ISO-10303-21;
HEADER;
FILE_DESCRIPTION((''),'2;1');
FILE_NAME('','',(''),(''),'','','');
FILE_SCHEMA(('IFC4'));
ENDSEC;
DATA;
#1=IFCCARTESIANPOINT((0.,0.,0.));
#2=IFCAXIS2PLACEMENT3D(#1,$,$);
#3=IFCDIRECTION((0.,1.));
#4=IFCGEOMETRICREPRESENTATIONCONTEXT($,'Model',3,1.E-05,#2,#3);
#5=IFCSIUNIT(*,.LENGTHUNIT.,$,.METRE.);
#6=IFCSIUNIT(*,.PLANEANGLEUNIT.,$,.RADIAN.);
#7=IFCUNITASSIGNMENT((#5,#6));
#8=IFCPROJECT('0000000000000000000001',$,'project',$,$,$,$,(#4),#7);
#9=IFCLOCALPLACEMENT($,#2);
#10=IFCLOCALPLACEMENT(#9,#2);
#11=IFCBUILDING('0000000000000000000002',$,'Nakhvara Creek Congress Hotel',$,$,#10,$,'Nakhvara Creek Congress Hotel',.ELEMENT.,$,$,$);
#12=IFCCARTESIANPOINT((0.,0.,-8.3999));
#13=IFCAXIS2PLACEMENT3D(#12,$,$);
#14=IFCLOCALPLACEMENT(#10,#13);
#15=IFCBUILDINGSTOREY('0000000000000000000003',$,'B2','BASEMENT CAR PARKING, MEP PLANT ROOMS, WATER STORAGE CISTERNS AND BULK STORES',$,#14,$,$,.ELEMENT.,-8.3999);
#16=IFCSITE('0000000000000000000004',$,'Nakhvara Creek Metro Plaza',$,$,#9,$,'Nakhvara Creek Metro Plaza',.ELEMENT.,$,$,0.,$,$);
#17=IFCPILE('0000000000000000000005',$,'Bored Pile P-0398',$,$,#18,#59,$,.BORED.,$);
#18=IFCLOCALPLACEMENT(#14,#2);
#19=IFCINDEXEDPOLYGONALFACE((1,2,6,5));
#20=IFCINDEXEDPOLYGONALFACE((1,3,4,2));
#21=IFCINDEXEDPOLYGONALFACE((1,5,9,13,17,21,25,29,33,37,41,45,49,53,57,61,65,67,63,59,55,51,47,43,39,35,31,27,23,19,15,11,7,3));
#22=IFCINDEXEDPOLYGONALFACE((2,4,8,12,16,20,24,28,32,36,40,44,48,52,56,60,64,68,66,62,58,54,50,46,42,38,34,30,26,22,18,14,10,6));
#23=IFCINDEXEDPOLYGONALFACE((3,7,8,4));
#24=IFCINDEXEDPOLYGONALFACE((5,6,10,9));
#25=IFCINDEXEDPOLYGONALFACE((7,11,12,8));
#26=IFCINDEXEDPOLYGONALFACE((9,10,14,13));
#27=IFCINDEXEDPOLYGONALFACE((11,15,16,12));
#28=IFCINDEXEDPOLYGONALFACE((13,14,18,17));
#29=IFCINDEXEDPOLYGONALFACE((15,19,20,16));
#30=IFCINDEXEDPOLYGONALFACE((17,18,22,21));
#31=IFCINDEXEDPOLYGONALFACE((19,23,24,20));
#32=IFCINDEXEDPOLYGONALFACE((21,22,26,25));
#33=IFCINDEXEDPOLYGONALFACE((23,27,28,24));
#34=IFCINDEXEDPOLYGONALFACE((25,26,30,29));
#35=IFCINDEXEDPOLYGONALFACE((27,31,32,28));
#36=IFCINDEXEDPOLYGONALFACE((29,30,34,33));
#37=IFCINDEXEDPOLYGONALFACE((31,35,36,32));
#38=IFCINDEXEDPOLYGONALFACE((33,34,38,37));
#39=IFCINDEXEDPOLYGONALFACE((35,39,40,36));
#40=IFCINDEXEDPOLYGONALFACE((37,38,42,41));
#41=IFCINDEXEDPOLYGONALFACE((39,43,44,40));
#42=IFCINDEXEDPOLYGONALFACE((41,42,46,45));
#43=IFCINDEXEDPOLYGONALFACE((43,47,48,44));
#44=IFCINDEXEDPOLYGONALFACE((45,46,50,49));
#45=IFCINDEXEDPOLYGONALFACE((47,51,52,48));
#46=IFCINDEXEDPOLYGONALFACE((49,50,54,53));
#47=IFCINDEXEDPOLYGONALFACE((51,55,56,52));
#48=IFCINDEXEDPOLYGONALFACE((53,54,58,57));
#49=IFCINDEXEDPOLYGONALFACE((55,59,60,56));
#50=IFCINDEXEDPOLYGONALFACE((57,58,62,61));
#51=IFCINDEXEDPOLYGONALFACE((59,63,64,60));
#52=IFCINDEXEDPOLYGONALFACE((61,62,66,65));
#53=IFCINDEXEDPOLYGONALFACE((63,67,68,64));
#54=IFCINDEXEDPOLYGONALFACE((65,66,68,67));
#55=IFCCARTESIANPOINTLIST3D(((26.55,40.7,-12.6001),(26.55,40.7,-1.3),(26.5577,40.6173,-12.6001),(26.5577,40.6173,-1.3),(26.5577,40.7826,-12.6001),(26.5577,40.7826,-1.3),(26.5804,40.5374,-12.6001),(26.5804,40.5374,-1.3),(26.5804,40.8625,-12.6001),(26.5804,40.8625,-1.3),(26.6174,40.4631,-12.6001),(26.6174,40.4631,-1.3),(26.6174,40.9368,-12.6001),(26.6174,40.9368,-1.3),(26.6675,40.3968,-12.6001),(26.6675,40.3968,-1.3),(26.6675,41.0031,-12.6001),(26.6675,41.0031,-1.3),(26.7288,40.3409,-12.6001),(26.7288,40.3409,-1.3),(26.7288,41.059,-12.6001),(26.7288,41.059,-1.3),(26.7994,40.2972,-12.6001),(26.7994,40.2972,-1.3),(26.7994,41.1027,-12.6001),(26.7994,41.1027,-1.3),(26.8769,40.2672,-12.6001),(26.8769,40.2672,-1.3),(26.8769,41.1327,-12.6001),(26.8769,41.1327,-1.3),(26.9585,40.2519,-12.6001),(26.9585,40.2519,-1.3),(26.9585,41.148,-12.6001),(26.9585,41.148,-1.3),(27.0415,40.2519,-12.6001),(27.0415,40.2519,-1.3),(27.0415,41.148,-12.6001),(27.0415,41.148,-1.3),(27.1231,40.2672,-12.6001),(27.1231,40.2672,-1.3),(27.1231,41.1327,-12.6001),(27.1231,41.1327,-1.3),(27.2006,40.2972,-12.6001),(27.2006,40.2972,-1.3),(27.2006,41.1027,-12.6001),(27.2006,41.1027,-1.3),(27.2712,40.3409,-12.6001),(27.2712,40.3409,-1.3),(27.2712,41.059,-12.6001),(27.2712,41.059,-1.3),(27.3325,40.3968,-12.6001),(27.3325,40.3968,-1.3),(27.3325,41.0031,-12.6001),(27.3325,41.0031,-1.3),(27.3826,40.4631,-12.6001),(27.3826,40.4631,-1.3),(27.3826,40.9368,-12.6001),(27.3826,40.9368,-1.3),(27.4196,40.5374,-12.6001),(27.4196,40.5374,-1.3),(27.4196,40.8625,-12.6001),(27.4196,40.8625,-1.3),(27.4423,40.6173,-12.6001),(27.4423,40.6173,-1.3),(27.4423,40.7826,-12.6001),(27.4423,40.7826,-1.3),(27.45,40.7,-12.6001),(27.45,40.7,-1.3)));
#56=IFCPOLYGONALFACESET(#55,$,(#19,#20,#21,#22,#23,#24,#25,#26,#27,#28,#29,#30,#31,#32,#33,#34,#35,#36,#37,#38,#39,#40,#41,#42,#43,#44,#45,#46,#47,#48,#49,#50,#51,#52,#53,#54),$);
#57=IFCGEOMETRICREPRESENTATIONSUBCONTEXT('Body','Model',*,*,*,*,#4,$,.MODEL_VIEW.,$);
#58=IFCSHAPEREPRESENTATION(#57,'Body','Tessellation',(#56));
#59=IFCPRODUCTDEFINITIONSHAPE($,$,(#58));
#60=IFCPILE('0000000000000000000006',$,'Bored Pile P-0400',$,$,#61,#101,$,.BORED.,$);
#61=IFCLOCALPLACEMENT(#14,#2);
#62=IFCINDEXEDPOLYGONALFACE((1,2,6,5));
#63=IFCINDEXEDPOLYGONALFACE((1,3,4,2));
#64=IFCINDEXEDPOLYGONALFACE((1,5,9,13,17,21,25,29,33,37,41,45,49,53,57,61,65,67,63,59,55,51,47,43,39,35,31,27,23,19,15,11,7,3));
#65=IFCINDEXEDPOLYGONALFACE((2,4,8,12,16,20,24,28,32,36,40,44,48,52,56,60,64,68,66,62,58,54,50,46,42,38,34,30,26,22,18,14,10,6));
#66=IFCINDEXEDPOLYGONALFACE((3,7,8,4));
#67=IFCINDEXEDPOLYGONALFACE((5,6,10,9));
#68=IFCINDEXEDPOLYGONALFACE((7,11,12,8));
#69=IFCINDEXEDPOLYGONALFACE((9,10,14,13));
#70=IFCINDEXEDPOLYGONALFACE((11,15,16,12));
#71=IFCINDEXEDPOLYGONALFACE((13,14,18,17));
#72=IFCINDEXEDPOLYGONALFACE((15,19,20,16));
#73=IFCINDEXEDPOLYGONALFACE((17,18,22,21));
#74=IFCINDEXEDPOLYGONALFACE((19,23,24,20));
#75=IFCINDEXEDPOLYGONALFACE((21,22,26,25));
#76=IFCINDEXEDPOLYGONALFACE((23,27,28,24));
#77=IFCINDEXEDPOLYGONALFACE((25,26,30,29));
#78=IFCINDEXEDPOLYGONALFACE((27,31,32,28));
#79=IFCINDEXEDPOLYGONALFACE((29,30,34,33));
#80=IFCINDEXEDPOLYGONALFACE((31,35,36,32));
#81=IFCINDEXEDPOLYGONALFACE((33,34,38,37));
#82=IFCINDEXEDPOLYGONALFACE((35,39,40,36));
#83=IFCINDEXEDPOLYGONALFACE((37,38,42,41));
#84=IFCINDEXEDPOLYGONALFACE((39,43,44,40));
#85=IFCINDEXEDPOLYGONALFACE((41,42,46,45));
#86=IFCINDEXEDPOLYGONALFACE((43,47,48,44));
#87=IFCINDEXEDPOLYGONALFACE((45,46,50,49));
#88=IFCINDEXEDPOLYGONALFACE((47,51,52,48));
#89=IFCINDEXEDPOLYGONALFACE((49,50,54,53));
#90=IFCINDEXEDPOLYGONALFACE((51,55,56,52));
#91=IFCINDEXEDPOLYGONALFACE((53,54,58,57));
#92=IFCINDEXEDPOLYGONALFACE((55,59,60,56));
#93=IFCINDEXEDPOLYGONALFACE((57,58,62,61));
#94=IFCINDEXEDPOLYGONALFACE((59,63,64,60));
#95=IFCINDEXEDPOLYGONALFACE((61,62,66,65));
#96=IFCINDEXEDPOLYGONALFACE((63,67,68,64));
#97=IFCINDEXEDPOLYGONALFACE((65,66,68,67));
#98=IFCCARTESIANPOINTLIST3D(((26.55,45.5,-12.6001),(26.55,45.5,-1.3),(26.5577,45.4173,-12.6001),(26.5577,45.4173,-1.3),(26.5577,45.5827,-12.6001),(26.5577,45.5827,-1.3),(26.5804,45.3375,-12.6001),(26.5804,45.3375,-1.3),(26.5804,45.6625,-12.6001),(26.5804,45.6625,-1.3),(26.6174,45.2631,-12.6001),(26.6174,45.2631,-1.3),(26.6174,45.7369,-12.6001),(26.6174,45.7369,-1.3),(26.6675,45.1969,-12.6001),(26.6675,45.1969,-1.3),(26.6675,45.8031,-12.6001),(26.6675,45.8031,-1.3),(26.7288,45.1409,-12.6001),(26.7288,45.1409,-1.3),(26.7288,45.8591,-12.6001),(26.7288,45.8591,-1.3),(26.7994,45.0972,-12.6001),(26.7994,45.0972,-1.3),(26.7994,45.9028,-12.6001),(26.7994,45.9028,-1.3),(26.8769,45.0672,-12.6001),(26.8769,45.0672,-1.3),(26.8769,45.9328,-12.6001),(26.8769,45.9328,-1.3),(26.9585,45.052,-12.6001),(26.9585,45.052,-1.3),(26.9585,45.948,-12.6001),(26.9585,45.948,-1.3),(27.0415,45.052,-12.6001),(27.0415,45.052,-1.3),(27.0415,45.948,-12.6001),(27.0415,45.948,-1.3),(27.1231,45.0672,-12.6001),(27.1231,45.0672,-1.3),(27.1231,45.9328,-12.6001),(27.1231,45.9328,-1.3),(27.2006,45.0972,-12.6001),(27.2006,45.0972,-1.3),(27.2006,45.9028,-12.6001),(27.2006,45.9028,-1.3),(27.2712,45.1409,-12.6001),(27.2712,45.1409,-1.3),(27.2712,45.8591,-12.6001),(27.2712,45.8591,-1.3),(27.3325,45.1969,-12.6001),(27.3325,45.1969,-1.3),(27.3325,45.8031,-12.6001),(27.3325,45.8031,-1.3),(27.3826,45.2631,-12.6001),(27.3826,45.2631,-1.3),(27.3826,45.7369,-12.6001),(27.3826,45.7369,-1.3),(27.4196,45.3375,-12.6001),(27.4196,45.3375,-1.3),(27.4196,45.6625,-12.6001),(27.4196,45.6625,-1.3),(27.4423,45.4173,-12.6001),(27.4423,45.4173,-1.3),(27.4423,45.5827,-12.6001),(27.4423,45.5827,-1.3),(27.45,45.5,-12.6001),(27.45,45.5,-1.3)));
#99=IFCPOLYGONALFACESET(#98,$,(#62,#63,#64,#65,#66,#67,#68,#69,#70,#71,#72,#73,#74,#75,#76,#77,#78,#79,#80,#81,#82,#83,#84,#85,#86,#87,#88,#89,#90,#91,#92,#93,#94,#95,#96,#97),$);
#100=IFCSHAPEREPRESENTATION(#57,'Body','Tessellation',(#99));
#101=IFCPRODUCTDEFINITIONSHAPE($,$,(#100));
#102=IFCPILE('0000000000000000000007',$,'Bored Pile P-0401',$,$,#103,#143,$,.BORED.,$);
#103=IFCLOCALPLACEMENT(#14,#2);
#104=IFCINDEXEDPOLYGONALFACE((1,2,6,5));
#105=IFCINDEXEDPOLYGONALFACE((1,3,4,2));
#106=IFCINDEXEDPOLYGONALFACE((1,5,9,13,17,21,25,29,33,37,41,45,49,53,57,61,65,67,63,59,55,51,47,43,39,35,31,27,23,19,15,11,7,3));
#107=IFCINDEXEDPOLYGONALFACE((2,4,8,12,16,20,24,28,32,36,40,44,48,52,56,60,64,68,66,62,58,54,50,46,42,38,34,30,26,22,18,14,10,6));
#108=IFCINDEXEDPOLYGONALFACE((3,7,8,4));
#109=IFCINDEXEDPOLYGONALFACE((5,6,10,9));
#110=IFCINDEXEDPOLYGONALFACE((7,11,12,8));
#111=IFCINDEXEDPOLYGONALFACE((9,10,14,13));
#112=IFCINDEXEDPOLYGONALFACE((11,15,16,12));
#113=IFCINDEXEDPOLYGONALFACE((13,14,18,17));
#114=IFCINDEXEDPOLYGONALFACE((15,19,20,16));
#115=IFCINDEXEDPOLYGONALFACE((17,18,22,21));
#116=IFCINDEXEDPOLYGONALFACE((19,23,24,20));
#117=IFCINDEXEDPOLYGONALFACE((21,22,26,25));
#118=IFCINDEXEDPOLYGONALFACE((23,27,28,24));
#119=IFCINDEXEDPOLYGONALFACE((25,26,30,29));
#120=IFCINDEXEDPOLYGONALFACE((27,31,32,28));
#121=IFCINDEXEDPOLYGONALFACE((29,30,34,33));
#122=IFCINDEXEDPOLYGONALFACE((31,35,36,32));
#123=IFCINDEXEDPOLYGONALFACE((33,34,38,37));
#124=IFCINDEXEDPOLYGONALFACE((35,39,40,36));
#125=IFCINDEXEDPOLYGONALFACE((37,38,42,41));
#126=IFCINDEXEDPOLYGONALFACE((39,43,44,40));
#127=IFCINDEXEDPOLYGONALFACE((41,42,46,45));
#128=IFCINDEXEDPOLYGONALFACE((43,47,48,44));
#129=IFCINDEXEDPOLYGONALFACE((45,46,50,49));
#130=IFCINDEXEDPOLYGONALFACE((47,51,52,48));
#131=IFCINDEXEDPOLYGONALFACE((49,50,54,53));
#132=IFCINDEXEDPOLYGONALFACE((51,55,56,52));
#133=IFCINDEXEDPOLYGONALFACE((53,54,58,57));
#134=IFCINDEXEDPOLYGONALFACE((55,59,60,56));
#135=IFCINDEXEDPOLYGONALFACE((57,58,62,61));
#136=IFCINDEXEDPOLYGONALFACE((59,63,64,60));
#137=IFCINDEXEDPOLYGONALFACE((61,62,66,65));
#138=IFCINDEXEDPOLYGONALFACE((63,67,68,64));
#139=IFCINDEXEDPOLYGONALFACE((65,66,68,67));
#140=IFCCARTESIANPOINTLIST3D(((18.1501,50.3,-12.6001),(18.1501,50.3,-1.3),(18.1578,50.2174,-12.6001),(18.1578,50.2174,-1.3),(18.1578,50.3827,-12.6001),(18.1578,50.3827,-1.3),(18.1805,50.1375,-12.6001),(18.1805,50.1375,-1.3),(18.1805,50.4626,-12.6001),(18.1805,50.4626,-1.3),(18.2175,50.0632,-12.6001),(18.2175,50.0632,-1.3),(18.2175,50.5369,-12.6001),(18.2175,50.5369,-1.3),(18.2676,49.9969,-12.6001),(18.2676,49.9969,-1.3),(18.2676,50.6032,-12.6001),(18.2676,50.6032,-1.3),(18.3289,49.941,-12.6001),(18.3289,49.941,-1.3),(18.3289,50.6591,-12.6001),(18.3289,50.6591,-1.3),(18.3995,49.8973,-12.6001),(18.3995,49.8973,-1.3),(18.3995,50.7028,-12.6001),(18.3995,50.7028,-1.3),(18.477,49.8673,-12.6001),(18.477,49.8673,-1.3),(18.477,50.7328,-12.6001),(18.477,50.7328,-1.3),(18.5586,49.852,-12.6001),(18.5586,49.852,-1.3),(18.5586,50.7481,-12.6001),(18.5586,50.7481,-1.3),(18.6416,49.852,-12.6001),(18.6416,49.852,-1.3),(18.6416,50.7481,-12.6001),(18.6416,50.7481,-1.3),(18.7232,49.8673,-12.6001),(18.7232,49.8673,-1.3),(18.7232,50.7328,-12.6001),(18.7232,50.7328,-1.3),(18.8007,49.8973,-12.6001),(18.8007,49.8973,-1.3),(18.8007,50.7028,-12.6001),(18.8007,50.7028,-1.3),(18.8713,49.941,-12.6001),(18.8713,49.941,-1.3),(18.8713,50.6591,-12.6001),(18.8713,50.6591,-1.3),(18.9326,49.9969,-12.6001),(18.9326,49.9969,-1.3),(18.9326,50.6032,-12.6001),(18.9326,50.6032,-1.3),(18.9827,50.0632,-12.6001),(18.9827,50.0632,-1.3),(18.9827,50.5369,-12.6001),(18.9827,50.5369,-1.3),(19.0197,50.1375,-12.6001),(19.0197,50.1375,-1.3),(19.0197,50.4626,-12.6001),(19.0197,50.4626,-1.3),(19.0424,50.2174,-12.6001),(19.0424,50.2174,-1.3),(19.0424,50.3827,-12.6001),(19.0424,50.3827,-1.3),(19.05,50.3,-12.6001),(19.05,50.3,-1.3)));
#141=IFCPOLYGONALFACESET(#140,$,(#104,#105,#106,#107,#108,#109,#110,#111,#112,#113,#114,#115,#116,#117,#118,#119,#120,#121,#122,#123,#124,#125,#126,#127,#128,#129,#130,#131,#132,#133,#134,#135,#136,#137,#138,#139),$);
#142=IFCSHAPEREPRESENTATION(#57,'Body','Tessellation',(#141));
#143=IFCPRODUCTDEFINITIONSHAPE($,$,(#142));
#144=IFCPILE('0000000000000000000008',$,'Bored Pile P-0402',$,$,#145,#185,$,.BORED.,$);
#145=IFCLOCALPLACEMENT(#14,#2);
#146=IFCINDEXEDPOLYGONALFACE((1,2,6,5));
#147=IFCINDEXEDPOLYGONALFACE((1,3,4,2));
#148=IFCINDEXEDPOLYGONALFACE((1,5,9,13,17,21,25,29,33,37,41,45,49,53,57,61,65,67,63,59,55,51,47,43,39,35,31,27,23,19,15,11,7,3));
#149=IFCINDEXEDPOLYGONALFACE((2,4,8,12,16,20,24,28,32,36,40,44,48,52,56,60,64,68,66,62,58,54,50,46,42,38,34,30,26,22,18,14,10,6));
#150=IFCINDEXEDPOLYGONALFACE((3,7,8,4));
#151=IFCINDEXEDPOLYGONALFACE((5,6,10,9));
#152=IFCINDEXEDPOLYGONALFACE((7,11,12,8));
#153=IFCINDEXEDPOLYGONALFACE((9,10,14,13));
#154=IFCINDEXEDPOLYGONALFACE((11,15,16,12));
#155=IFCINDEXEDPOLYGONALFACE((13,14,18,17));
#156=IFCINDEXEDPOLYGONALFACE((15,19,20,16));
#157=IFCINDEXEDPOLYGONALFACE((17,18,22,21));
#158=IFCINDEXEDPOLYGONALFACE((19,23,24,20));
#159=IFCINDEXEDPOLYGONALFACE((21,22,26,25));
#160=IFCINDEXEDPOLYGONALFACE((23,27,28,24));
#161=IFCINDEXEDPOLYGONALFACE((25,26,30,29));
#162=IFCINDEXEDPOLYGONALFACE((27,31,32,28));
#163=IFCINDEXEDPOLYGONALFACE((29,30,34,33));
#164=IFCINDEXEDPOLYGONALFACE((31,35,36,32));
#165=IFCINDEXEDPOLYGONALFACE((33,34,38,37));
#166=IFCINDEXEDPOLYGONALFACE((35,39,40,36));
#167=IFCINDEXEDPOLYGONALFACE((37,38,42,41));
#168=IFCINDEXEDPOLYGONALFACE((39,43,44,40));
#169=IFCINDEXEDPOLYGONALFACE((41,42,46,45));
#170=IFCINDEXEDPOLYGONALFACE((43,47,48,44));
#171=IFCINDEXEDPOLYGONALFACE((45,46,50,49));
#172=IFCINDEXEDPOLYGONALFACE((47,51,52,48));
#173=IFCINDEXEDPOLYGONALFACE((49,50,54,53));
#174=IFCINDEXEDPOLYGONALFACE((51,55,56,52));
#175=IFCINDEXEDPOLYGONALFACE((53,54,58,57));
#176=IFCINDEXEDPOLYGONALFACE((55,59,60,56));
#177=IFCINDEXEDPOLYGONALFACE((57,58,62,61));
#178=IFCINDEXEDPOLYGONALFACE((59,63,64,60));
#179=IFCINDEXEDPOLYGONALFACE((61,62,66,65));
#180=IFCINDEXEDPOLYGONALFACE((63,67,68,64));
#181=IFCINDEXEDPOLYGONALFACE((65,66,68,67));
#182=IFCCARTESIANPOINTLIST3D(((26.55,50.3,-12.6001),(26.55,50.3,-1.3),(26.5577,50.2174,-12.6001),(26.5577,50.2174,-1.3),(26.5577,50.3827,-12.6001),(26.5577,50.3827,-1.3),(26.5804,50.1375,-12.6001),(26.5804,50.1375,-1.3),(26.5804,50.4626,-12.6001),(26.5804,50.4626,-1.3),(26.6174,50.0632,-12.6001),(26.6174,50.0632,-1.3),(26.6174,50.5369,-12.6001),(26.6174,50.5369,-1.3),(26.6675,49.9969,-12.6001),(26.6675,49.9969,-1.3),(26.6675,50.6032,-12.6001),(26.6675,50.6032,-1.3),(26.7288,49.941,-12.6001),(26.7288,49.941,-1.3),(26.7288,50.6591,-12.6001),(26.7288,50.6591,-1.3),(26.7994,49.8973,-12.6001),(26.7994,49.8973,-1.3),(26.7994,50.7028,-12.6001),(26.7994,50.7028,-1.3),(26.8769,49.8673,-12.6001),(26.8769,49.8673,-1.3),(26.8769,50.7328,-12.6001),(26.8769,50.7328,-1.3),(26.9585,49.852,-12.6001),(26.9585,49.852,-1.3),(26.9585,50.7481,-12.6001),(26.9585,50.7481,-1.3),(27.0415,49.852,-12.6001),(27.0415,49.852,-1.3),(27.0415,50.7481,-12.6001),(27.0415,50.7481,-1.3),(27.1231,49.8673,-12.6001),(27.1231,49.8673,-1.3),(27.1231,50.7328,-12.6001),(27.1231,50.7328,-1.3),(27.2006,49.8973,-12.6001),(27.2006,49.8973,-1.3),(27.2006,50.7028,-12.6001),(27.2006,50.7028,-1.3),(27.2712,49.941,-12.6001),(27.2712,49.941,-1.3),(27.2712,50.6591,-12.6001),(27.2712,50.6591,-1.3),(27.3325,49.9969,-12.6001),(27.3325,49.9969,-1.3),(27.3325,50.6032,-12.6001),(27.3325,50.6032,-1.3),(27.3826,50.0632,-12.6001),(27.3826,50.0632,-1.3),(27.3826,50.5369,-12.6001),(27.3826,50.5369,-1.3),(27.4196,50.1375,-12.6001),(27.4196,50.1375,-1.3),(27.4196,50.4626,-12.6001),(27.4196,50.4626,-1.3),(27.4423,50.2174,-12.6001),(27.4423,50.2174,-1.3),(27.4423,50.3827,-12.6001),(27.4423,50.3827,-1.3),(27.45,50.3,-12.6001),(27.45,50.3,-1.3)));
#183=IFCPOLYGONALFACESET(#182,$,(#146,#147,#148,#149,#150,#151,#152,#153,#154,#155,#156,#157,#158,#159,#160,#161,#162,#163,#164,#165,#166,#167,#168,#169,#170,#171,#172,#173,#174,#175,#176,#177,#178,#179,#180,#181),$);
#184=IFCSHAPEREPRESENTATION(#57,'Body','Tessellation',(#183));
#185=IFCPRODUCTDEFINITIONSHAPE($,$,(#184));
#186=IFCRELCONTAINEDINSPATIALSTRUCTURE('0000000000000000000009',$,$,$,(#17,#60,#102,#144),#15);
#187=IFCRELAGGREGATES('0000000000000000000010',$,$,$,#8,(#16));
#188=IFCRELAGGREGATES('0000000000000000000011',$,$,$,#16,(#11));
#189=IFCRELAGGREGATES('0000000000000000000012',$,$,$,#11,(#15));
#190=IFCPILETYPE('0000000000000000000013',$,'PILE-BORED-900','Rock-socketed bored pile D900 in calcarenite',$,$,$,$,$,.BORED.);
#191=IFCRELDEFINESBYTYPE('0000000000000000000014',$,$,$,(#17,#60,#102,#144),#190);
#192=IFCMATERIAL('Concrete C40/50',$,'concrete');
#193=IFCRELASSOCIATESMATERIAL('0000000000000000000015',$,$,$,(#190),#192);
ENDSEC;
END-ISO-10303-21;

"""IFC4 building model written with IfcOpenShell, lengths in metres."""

from ifc_helpers import new_model, si_unit, direction, frame, origin, origin_2d, place, context, subcontext, project, spatial, circle, extrude, material, material_profile, profile_set, type_object, element, save


model = new_model("IFC4")

# Units and contexts
model_context = context("Model", 3, precision=1e-05, world=origin(), true_north=direction((0.0, 1.0)))
body_context = subcontext(model_context, "Body", "Model", "MODEL_VIEW")
ifc_project = project(units=[si_unit("LENGTHUNIT", "METRE"), si_unit("PLANEANGLEUNIT", "RADIAN")], contexts=[model_context])

# Site, building, storey
site_placement = place(None, origin())
site = spatial("IfcSite", under=ifc_project, at=site_placement, Name="Nakhvara Creek Metro Plaza", LongName="Nakhvara Creek Metro Plaza", CompositionType="ELEMENT", RefElevation=0.0)
building_placement = place(site_placement, origin())
building = spatial("IfcBuilding", under=site, at=building_placement, Name="Nakhvara Creek Congress Hotel", LongName="Nakhvara Creek Congress Hotel", CompositionType="ELEMENT")
storey_placement = place(building_placement, frame((0.0, 0.0, -8.3999)))
storey = spatial("IfcBuildingStorey", under=building, at=storey_placement, Name="B2", Description="BASEMENT CAR PARKING, MEP PLANT ROOMS, WATER STORAGE CISTERNS AND BULK STORES", CompositionType="ELEMENT", Elevation=-8.3999)

# Shared definitions
ifc_material_1 = material(Name="Concrete C40/50", Category="concrete")

# Piles
ifc_material_profile_1 = material_profile(ifc_material_1, circle(Radius=0.45, at=origin_2d()), Name="BORED PILE D900", Category="LoadBearing")
ifc_profile_set_1 = profile_set([ifc_material_profile_1], Name="Concrete C40/50")
pile_type = type_object("IfcPileType", Name="PILE-BORED-900", Description="Rock-socketed bored pile D900 in calcarenite", PredefinedType="BORED", material=ifc_profile_set_1)
for number, where, z_axis, x_axis, name in (
    (1, (27.0, 40.7, -1.3), (0.0, 0.0, -1.0), (1.0, 0.0, 0.0), "Bored Pile P-0398"),
    (2, (27.0, 45.5, -1.3), (0.0, 0.0, -1.0), (1.0, 0.0, 0.0), "Bored Pile P-0400"),
    (3, (18.6001, 50.3, -1.3), (0.0, 0.0, -1.0), (1.0, 0.0, 0.0), "Bored Pile P-0401"),
    (4, (27.0, 50.3, -1.3), (0.0, 0.0, -1.0), (1.0, 0.0, 0.0), "Bored Pile P-0402"),
):
    element("IfcPile", number, at=place(storey_placement, frame(where, z_axis=z_axis, x_axis=x_axis)), inside=storey, type_object=pile_type, Name=name, PredefinedType="BORED", context=body_context, shape_type="SweptSolid", body=[
        extrude(circle(Radius=0.45, at=origin_2d()), origin(), (0.0, 0.0, 1.0), 11.3),
    ])

save(model, "model.ifc")
